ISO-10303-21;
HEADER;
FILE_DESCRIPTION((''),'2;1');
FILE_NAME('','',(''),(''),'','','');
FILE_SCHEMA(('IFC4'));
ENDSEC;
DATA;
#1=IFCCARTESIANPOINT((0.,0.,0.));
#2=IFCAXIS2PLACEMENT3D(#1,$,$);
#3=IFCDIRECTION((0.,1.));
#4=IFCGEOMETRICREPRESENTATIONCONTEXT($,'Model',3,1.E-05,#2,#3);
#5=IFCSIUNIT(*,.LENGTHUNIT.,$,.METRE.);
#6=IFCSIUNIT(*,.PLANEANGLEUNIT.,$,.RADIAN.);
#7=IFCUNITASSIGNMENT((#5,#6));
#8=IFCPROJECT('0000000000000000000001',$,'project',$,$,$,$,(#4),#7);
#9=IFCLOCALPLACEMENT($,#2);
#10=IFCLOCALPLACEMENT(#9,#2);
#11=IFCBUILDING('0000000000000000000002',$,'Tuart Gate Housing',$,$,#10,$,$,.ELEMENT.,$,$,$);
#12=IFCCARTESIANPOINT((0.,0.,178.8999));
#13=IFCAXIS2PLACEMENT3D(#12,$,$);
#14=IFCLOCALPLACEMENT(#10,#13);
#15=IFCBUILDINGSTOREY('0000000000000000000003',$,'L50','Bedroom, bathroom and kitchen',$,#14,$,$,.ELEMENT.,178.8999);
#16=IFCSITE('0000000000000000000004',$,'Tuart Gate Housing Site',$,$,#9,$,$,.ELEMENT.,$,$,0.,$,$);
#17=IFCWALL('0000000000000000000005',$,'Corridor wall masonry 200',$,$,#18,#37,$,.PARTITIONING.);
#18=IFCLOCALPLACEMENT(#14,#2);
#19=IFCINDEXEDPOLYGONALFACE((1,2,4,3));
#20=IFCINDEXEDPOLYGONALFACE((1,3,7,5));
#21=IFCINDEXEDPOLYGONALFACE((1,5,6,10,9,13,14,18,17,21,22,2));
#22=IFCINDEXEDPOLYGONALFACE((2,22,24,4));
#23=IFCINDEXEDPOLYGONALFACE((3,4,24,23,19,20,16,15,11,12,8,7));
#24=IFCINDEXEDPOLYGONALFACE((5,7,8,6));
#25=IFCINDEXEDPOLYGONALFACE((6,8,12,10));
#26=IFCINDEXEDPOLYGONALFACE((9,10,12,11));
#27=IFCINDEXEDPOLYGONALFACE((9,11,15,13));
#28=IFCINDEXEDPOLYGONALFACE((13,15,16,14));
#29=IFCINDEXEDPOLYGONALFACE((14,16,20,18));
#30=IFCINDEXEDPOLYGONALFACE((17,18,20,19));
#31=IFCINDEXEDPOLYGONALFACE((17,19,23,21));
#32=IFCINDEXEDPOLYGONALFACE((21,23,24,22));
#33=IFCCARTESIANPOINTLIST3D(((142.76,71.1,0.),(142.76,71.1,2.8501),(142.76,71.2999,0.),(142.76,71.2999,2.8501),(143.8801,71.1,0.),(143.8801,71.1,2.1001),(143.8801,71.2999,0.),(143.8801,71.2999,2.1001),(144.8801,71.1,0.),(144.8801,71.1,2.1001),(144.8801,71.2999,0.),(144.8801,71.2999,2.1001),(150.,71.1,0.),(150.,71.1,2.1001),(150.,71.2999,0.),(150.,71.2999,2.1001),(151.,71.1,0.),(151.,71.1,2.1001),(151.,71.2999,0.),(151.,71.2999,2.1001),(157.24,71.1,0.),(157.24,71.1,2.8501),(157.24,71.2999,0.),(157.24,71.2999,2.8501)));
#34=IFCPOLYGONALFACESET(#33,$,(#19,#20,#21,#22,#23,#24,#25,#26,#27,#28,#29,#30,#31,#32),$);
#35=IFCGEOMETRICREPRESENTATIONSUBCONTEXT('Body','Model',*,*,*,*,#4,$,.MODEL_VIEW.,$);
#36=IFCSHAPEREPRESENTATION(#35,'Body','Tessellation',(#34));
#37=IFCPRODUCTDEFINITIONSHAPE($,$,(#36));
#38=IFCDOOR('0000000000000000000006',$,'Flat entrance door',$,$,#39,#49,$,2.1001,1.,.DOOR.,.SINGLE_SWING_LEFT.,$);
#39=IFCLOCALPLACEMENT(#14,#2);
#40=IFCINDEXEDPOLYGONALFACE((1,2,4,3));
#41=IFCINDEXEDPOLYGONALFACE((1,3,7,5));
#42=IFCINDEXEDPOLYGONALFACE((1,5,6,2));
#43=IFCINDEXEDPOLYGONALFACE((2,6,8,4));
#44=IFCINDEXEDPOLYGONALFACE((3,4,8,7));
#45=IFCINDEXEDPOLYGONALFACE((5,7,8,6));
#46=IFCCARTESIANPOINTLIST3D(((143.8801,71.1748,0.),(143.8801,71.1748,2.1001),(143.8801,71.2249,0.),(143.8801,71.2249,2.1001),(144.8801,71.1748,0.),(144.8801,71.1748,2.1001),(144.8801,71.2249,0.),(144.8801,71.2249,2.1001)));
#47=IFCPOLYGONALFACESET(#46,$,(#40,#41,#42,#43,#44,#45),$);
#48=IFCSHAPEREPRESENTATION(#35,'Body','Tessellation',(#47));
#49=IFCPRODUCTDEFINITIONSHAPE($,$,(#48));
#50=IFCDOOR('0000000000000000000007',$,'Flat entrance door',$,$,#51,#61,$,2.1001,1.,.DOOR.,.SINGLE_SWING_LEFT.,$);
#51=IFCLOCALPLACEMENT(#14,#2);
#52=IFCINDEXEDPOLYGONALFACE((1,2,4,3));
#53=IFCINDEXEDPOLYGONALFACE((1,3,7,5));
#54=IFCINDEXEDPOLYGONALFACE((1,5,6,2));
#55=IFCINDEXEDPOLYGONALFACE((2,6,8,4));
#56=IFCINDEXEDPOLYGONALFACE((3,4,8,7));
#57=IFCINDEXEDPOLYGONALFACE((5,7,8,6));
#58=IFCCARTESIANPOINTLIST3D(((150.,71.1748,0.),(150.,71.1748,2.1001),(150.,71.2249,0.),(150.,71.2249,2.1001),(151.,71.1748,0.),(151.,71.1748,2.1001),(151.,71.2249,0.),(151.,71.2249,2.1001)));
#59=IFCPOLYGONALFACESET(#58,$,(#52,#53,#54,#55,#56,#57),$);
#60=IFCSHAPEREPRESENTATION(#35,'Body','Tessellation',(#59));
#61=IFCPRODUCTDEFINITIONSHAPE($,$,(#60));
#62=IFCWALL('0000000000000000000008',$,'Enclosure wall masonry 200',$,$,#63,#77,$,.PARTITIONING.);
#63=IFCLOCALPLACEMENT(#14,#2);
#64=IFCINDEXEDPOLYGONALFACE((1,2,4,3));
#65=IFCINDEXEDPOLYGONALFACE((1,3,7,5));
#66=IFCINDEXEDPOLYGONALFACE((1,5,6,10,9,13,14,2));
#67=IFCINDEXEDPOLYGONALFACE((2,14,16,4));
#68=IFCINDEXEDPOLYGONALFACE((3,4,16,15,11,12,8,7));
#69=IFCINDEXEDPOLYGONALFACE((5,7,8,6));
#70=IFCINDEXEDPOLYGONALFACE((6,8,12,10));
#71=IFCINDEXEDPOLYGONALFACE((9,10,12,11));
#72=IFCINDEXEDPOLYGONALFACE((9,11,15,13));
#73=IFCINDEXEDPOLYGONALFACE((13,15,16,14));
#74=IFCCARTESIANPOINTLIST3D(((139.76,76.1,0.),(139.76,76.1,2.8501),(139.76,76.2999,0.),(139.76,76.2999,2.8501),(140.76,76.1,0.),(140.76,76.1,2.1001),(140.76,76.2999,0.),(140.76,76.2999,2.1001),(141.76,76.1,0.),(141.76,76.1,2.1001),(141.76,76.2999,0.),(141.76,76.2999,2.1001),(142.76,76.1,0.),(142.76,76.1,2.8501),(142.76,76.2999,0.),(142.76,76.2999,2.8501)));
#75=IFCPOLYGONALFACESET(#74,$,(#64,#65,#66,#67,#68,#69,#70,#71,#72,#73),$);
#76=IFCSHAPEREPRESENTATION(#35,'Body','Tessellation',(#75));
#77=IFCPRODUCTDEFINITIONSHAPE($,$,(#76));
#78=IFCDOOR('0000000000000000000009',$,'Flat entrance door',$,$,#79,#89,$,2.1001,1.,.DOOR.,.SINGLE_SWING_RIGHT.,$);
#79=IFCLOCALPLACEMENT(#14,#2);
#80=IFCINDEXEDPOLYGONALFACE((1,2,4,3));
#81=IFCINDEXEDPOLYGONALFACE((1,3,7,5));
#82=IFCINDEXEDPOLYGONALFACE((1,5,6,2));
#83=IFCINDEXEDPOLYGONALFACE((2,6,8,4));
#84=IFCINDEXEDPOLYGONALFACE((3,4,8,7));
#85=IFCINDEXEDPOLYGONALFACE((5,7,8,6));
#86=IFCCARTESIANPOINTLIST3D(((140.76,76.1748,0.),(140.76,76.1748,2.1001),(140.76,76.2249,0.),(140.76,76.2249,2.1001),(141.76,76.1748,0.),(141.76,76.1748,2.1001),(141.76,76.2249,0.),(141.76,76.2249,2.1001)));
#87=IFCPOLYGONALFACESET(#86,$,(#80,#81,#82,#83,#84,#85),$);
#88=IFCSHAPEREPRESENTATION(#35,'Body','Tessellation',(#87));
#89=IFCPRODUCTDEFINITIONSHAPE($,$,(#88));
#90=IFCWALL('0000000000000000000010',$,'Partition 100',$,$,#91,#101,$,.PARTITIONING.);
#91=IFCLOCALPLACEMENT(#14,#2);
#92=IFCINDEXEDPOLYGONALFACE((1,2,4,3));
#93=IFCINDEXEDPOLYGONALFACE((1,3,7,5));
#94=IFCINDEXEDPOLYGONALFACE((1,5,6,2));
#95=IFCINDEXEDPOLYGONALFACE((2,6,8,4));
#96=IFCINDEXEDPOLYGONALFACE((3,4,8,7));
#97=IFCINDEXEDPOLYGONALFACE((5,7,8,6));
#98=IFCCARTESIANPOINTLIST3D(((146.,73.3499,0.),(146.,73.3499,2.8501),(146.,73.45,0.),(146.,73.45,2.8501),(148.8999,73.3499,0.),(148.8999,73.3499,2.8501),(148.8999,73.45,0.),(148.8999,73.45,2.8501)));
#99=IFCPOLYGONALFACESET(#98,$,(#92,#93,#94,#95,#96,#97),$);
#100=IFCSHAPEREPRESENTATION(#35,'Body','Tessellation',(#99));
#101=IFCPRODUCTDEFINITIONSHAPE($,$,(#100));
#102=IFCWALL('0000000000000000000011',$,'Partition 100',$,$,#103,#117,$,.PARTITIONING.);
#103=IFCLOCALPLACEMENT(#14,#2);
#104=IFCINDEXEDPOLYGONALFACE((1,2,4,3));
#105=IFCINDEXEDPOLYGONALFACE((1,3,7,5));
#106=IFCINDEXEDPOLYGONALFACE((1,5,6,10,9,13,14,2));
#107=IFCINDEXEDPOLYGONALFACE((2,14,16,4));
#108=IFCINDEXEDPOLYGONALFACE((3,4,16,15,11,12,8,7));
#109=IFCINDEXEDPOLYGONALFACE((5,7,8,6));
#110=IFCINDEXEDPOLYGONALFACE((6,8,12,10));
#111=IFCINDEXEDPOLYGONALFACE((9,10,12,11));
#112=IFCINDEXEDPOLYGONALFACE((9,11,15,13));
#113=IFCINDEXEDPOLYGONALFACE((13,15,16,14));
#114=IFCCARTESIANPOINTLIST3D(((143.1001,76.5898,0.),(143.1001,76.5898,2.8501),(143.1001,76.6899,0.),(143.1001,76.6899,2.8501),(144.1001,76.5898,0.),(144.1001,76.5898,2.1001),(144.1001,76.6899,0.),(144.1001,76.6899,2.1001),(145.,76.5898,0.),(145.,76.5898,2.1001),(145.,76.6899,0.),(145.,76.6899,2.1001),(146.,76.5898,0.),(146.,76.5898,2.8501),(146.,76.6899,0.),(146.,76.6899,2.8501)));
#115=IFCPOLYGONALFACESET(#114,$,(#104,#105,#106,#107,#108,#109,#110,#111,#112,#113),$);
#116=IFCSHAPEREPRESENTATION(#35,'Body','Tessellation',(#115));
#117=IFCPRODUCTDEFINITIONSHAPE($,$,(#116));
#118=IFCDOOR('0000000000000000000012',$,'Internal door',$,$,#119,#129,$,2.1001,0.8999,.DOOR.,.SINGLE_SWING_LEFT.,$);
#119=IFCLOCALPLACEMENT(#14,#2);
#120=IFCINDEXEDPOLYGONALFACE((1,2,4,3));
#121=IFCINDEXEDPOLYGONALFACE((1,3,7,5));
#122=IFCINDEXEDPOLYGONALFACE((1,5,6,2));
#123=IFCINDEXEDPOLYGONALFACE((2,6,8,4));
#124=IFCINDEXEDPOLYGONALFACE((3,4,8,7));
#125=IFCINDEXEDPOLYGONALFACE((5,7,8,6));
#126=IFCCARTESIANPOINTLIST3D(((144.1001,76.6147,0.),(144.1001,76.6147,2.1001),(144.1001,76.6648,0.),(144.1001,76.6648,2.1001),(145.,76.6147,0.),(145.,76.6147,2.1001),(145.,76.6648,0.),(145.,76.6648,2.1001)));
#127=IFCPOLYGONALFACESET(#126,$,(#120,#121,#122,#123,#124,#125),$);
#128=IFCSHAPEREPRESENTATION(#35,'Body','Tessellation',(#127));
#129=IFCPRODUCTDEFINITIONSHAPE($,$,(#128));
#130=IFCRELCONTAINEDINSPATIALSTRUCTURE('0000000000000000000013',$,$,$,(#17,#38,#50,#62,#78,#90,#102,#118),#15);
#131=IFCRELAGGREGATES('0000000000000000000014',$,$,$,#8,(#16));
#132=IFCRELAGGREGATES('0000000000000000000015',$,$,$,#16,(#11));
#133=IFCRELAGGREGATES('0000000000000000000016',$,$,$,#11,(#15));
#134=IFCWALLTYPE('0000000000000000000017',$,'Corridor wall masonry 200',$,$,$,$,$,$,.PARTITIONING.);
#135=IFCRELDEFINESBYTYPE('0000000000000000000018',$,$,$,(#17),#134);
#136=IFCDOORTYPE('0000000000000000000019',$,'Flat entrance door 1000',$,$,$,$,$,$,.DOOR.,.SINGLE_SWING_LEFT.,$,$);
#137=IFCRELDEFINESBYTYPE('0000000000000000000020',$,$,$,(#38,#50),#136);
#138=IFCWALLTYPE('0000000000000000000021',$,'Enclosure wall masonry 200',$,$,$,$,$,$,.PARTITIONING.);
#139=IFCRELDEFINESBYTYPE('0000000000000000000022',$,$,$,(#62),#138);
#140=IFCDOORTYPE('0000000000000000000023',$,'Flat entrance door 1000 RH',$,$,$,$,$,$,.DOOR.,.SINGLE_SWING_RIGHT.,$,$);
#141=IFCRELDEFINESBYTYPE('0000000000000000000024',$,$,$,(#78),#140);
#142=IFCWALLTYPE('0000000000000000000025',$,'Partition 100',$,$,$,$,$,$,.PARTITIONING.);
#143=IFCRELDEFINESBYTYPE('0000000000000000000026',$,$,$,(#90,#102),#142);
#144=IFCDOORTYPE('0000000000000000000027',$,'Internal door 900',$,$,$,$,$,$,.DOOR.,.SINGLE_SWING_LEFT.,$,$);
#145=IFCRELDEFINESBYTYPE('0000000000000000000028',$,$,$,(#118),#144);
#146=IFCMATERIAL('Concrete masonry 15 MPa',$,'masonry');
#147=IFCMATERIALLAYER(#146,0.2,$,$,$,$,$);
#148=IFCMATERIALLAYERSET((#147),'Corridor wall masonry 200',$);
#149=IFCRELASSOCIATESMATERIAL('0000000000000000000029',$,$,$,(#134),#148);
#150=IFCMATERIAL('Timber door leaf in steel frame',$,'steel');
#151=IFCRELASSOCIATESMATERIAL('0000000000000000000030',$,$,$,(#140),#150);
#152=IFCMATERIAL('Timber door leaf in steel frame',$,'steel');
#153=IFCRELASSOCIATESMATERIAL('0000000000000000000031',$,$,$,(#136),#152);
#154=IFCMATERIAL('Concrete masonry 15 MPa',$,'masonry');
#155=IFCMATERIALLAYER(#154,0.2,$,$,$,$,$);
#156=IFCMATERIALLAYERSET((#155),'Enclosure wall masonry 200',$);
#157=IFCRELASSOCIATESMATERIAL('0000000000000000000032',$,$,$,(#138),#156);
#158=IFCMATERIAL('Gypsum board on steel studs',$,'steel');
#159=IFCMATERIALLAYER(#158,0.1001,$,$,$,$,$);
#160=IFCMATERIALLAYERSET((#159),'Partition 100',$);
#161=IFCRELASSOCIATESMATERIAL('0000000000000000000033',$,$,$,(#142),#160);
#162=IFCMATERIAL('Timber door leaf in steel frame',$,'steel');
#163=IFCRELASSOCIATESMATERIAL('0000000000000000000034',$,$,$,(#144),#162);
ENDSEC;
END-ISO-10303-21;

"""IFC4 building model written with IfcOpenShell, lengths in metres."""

from ifc_helpers import new_model, si_unit, direction, frame, frame_2d, origin, place, context, subcontext, project, spatial, rectangle, extrude, material, layer, layer_set, type_object, element, fill, save


model = new_model("IFC4")

# Units and contexts
model_context = context("Model", 3, precision=1e-05, world=origin(), true_north=direction((0.0, 1.0)))
body_context = subcontext(model_context, "Body", "Model", "MODEL_VIEW")
ifc_project = project(units=[si_unit("LENGTHUNIT", "METRE"), si_unit("PLANEANGLEUNIT", "RADIAN")], contexts=[model_context])

# Site, building, storey
site_placement = place(None, origin())
site = spatial("IfcSite", under=ifc_project, at=site_placement, Name="Tuart Gate Housing Site", CompositionType="ELEMENT", RefElevation=0.0)
building_placement = place(site_placement, origin())
building = spatial("IfcBuilding", under=site, at=building_placement, Name="Tuart Gate Housing", CompositionType="ELEMENT")
storey_placement = place(building_placement, frame((0.0, 0.0, 178.8999)))
storey = spatial("IfcBuildingStorey", under=building, at=storey_placement, Name="L50", Description="Bedroom, bathroom and kitchen", CompositionType="ELEMENT", Elevation=178.8999)

# Wall, openings, doors
ifc_material_1 = material(Name="Concrete masonry 15 MPa", Category="masonry")
ifc_layer_1 = layer(ifc_material_1, 0.2)
ifc_layer_set_1 = layer_set([ifc_layer_1], Name="Corridor wall masonry 200")
wall_type_1 = type_object("IfcWallType", Name="Corridor wall masonry 200", PredefinedType="PARTITIONING", material=ifc_layer_set_1)
ifc_material_2 = material(Name="Timber door leaf in steel frame", Category="steel")
door_type_1 = type_object("IfcDoorType", Name="Flat entrance door 1000 RH", OperationType="SINGLE_SWING_RIGHT", PredefinedType="DOOR", material=ifc_material_2)
wall_1_placement = place(storey_placement, frame((142.76, 71.2, 0.0), z_axis=(0.0, 0.0, 1.0), x_axis=(1.0, 0.0, 0.0)))
wall_1 = element("IfcWall", 1, at=wall_1_placement, inside=storey, type_object=wall_type_1, Name="Corridor wall masonry 200", PredefinedType="PARTITIONING", context=body_context, shape_type="SweptSolid", body=[
    extrude(rectangle(XDim=14.48, YDim=0.2, at=frame_2d((7.24, 0.0))), origin(), (0.0, 0.0, 1.0), 2.8501),
])
opening_1_placement = place(wall_1_placement, frame((1.1201, 0.0, 0.0)))
opening_1 = element("IfcOpeningElement", 2, at=opening_1_placement, cuts=wall_1, PredefinedType="OPENING", context=body_context, shape_type="SweptSolid", body=[
    extrude(rectangle(XDim=1.0, YDim=2.1001, at=frame_2d((0.5, 1.05))), frame((0.0, 0.1099, 0.0), z_axis=(0.0, -1.0, 0.0), x_axis=(1.0, 0.0, 0.0)), (0.0, 0.0, 1.0), 0.22),
])
opening_2_placement = place(wall_1_placement, frame((7.24, 0.0, 0.0)))
opening_2 = element("IfcOpeningElement", 3, at=opening_2_placement, cuts=wall_1, PredefinedType="OPENING", context=body_context, shape_type="SweptSolid", body=[
    extrude(rectangle(XDim=1.0, YDim=2.1001, at=frame_2d((0.5, 1.05))), frame((0.0, 0.1099, 0.0), z_axis=(0.0, -1.0, 0.0), x_axis=(1.0, 0.0, 0.0)), (0.0, 0.0, 1.0), 0.22),
])
ifc_material_3 = material(Name="Timber door leaf in steel frame", Category="steel")
door_type_2 = type_object("IfcDoorType", Name="Flat entrance door 1000", OperationType="SINGLE_SWING_LEFT", PredefinedType="DOOR", material=ifc_material_3)
door_1_placement = place(opening_1_placement, origin())
door_1 = element("IfcDoor", 4, at=door_1_placement, inside=storey, type_object=door_type_2, Name="Flat entrance door", OperationType="SINGLE_SWING_LEFT", OverallHeight=2.1001, OverallWidth=1.0, PredefinedType="DOOR", context=body_context, shape_type="SweptSolid", body=[
    extrude(rectangle(XDim=1.0, YDim=2.1001, at=frame_2d((0.5, 1.05))), frame((0.0, 0.0249, 0.0), z_axis=(0.0, -1.0, 0.0), x_axis=(1.0, 0.0, 0.0)), (0.0, 0.0, 1.0), 0.05),
])
fill(opening_1, door_1)
door_2_placement = place(opening_2_placement, origin())
door_2 = element("IfcDoor", 5, at=door_2_placement, inside=storey, type_object=door_type_2, Name="Flat entrance door", OperationType="SINGLE_SWING_LEFT", OverallHeight=2.1001, OverallWidth=1.0, PredefinedType="DOOR", context=body_context, shape_type="SweptSolid", body=[
    extrude(rectangle(XDim=1.0, YDim=2.1001, at=frame_2d((0.5, 1.05))), frame((0.0, 0.0249, 0.0), z_axis=(0.0, -1.0, 0.0), x_axis=(1.0, 0.0, 0.0)), (0.0, 0.0, 1.0), 0.05),
])
fill(opening_2, door_2)

# Wall, opening, door
ifc_material_4 = material(Name="Concrete masonry 15 MPa", Category="masonry")
ifc_layer_2 = layer(ifc_material_4, 0.2)
ifc_layer_set_2 = layer_set([ifc_layer_2], Name="Enclosure wall masonry 200")
wall_type_2 = type_object("IfcWallType", Name="Enclosure wall masonry 200", PredefinedType="PARTITIONING", material=ifc_layer_set_2)
wall_2_placement = place(storey_placement, frame((139.76, 76.2, 0.0), z_axis=(0.0, 0.0, 1.0), x_axis=(1.0, 0.0, 0.0)))
wall_2 = element("IfcWall", 6, at=wall_2_placement, inside=storey, type_object=wall_type_2, Name="Enclosure wall masonry 200", PredefinedType="PARTITIONING", context=body_context, shape_type="SweptSolid", body=[
    extrude(rectangle(XDim=3.0, YDim=0.2, at=frame_2d((1.5, 0.0))), origin(), (0.0, 0.0, 1.0), 2.8501),
])
opening_3_placement = place(wall_2_placement, frame((1.0, 0.0, 0.0)))
opening_3 = element("IfcOpeningElement", 7, at=opening_3_placement, cuts=wall_2, PredefinedType="OPENING", context=body_context, shape_type="SweptSolid", body=[
    extrude(rectangle(XDim=1.0, YDim=2.1001, at=frame_2d((0.5, 1.05))), frame((0.0, 0.1099, 0.0), z_axis=(0.0, -1.0, 0.0), x_axis=(1.0, 0.0, 0.0)), (0.0, 0.0, 1.0), 0.22),
])
door_3_placement = place(opening_3_placement, origin())
door_3 = element("IfcDoor", 8, at=door_3_placement, inside=storey, type_object=door_type_1, Name="Flat entrance door", OperationType="SINGLE_SWING_RIGHT", OverallHeight=2.1001, OverallWidth=1.0, PredefinedType="DOOR", context=body_context, shape_type="SweptSolid", body=[
    extrude(rectangle(XDim=1.0, YDim=2.1001, at=frame_2d((0.5, 1.05))), frame((0.0, 0.0249, 0.0), z_axis=(0.0, -1.0, 0.0), x_axis=(1.0, 0.0, 0.0)), (0.0, 0.0, 1.0), 0.05),
])
fill(opening_3, door_3)

# Wall
ifc_material_5 = material(Name="Gypsum board on steel studs", Category="steel")
ifc_layer_3 = layer(ifc_material_5, 0.1001)
ifc_layer_set_3 = layer_set([ifc_layer_3], Name="Partition 100")
wall_type_3 = type_object("IfcWallType", Name="Partition 100", PredefinedType="PARTITIONING", material=ifc_layer_set_3)
wall_3_placement = place(storey_placement, frame((146.0, 73.3999, 0.0), z_axis=(0.0, 0.0, 1.0), x_axis=(1.0, 0.0, 0.0)))
element("IfcWall", 9, at=wall_3_placement, inside=storey, type_object=wall_type_3, Name="Partition 100", PredefinedType="PARTITIONING", context=body_context, shape_type="SweptSolid", body=[
    extrude(rectangle(XDim=2.8999, YDim=0.1001, at=frame_2d((1.45, 0.0))), origin(), (0.0, 0.0, 1.0), 2.8501),
])

# Wall, opening, door
wall_4_placement = place(storey_placement, frame((143.1001, 76.6399, 0.0), z_axis=(0.0, 0.0, 1.0), x_axis=(1.0, 0.0, 0.0)))
wall_4 = element("IfcWall", 10, at=wall_4_placement, inside=storey, type_object=wall_type_3, Name="Partition 100", PredefinedType="PARTITIONING", context=body_context, shape_type="SweptSolid", body=[
    extrude(rectangle(XDim=2.8999, YDim=0.1001, at=frame_2d((1.45, 0.0))), origin(), (0.0, 0.0, 1.0), 2.8501),
])
opening_4_placement = place(wall_4_placement, frame((1.0, 0.0, 0.0)))
opening_4 = element("IfcOpeningElement", 11, at=opening_4_placement, cuts=wall_4, PredefinedType="OPENING", context=body_context, shape_type="SweptSolid", body=[
    extrude(rectangle(XDim=0.8999, YDim=2.1001, at=frame_2d((0.45, 1.05))), frame((0.0, 0.0601, 0.0), z_axis=(0.0, -1.0, 0.0), x_axis=(1.0, 0.0, 0.0)), (0.0, 0.0, 1.0), 0.1201),
])
ifc_material_6 = material(Name="Timber door leaf in steel frame", Category="steel")
door_type_3 = type_object("IfcDoorType", Name="Internal door 900", OperationType="SINGLE_SWING_LEFT", PredefinedType="DOOR", material=ifc_material_6)
door_4_placement = place(opening_4_placement, frame((0.8999, 0.0, 0.0), z_axis=(0.0, 0.0, 1.0), x_axis=(-1.0, 0.0, 0.0)))
door_4 = element("IfcDoor", 12, at=door_4_placement, inside=storey, type_object=door_type_3, Name="Internal door", OperationType="SINGLE_SWING_LEFT", OverallHeight=2.1001, OverallWidth=0.8999, PredefinedType="DOOR", context=body_context, shape_type="SweptSolid", body=[
    extrude(rectangle(XDim=0.8999, YDim=2.1001, at=frame_2d((0.45, 1.05))), frame((0.0, 0.0251, 0.0), z_axis=(0.0, -1.0, 0.0), x_axis=(1.0, 0.0, 0.0)), (0.0, 0.0, 1.0), 0.05),
])
fill(opening_4, door_4)

save(model, "model.ifc")
